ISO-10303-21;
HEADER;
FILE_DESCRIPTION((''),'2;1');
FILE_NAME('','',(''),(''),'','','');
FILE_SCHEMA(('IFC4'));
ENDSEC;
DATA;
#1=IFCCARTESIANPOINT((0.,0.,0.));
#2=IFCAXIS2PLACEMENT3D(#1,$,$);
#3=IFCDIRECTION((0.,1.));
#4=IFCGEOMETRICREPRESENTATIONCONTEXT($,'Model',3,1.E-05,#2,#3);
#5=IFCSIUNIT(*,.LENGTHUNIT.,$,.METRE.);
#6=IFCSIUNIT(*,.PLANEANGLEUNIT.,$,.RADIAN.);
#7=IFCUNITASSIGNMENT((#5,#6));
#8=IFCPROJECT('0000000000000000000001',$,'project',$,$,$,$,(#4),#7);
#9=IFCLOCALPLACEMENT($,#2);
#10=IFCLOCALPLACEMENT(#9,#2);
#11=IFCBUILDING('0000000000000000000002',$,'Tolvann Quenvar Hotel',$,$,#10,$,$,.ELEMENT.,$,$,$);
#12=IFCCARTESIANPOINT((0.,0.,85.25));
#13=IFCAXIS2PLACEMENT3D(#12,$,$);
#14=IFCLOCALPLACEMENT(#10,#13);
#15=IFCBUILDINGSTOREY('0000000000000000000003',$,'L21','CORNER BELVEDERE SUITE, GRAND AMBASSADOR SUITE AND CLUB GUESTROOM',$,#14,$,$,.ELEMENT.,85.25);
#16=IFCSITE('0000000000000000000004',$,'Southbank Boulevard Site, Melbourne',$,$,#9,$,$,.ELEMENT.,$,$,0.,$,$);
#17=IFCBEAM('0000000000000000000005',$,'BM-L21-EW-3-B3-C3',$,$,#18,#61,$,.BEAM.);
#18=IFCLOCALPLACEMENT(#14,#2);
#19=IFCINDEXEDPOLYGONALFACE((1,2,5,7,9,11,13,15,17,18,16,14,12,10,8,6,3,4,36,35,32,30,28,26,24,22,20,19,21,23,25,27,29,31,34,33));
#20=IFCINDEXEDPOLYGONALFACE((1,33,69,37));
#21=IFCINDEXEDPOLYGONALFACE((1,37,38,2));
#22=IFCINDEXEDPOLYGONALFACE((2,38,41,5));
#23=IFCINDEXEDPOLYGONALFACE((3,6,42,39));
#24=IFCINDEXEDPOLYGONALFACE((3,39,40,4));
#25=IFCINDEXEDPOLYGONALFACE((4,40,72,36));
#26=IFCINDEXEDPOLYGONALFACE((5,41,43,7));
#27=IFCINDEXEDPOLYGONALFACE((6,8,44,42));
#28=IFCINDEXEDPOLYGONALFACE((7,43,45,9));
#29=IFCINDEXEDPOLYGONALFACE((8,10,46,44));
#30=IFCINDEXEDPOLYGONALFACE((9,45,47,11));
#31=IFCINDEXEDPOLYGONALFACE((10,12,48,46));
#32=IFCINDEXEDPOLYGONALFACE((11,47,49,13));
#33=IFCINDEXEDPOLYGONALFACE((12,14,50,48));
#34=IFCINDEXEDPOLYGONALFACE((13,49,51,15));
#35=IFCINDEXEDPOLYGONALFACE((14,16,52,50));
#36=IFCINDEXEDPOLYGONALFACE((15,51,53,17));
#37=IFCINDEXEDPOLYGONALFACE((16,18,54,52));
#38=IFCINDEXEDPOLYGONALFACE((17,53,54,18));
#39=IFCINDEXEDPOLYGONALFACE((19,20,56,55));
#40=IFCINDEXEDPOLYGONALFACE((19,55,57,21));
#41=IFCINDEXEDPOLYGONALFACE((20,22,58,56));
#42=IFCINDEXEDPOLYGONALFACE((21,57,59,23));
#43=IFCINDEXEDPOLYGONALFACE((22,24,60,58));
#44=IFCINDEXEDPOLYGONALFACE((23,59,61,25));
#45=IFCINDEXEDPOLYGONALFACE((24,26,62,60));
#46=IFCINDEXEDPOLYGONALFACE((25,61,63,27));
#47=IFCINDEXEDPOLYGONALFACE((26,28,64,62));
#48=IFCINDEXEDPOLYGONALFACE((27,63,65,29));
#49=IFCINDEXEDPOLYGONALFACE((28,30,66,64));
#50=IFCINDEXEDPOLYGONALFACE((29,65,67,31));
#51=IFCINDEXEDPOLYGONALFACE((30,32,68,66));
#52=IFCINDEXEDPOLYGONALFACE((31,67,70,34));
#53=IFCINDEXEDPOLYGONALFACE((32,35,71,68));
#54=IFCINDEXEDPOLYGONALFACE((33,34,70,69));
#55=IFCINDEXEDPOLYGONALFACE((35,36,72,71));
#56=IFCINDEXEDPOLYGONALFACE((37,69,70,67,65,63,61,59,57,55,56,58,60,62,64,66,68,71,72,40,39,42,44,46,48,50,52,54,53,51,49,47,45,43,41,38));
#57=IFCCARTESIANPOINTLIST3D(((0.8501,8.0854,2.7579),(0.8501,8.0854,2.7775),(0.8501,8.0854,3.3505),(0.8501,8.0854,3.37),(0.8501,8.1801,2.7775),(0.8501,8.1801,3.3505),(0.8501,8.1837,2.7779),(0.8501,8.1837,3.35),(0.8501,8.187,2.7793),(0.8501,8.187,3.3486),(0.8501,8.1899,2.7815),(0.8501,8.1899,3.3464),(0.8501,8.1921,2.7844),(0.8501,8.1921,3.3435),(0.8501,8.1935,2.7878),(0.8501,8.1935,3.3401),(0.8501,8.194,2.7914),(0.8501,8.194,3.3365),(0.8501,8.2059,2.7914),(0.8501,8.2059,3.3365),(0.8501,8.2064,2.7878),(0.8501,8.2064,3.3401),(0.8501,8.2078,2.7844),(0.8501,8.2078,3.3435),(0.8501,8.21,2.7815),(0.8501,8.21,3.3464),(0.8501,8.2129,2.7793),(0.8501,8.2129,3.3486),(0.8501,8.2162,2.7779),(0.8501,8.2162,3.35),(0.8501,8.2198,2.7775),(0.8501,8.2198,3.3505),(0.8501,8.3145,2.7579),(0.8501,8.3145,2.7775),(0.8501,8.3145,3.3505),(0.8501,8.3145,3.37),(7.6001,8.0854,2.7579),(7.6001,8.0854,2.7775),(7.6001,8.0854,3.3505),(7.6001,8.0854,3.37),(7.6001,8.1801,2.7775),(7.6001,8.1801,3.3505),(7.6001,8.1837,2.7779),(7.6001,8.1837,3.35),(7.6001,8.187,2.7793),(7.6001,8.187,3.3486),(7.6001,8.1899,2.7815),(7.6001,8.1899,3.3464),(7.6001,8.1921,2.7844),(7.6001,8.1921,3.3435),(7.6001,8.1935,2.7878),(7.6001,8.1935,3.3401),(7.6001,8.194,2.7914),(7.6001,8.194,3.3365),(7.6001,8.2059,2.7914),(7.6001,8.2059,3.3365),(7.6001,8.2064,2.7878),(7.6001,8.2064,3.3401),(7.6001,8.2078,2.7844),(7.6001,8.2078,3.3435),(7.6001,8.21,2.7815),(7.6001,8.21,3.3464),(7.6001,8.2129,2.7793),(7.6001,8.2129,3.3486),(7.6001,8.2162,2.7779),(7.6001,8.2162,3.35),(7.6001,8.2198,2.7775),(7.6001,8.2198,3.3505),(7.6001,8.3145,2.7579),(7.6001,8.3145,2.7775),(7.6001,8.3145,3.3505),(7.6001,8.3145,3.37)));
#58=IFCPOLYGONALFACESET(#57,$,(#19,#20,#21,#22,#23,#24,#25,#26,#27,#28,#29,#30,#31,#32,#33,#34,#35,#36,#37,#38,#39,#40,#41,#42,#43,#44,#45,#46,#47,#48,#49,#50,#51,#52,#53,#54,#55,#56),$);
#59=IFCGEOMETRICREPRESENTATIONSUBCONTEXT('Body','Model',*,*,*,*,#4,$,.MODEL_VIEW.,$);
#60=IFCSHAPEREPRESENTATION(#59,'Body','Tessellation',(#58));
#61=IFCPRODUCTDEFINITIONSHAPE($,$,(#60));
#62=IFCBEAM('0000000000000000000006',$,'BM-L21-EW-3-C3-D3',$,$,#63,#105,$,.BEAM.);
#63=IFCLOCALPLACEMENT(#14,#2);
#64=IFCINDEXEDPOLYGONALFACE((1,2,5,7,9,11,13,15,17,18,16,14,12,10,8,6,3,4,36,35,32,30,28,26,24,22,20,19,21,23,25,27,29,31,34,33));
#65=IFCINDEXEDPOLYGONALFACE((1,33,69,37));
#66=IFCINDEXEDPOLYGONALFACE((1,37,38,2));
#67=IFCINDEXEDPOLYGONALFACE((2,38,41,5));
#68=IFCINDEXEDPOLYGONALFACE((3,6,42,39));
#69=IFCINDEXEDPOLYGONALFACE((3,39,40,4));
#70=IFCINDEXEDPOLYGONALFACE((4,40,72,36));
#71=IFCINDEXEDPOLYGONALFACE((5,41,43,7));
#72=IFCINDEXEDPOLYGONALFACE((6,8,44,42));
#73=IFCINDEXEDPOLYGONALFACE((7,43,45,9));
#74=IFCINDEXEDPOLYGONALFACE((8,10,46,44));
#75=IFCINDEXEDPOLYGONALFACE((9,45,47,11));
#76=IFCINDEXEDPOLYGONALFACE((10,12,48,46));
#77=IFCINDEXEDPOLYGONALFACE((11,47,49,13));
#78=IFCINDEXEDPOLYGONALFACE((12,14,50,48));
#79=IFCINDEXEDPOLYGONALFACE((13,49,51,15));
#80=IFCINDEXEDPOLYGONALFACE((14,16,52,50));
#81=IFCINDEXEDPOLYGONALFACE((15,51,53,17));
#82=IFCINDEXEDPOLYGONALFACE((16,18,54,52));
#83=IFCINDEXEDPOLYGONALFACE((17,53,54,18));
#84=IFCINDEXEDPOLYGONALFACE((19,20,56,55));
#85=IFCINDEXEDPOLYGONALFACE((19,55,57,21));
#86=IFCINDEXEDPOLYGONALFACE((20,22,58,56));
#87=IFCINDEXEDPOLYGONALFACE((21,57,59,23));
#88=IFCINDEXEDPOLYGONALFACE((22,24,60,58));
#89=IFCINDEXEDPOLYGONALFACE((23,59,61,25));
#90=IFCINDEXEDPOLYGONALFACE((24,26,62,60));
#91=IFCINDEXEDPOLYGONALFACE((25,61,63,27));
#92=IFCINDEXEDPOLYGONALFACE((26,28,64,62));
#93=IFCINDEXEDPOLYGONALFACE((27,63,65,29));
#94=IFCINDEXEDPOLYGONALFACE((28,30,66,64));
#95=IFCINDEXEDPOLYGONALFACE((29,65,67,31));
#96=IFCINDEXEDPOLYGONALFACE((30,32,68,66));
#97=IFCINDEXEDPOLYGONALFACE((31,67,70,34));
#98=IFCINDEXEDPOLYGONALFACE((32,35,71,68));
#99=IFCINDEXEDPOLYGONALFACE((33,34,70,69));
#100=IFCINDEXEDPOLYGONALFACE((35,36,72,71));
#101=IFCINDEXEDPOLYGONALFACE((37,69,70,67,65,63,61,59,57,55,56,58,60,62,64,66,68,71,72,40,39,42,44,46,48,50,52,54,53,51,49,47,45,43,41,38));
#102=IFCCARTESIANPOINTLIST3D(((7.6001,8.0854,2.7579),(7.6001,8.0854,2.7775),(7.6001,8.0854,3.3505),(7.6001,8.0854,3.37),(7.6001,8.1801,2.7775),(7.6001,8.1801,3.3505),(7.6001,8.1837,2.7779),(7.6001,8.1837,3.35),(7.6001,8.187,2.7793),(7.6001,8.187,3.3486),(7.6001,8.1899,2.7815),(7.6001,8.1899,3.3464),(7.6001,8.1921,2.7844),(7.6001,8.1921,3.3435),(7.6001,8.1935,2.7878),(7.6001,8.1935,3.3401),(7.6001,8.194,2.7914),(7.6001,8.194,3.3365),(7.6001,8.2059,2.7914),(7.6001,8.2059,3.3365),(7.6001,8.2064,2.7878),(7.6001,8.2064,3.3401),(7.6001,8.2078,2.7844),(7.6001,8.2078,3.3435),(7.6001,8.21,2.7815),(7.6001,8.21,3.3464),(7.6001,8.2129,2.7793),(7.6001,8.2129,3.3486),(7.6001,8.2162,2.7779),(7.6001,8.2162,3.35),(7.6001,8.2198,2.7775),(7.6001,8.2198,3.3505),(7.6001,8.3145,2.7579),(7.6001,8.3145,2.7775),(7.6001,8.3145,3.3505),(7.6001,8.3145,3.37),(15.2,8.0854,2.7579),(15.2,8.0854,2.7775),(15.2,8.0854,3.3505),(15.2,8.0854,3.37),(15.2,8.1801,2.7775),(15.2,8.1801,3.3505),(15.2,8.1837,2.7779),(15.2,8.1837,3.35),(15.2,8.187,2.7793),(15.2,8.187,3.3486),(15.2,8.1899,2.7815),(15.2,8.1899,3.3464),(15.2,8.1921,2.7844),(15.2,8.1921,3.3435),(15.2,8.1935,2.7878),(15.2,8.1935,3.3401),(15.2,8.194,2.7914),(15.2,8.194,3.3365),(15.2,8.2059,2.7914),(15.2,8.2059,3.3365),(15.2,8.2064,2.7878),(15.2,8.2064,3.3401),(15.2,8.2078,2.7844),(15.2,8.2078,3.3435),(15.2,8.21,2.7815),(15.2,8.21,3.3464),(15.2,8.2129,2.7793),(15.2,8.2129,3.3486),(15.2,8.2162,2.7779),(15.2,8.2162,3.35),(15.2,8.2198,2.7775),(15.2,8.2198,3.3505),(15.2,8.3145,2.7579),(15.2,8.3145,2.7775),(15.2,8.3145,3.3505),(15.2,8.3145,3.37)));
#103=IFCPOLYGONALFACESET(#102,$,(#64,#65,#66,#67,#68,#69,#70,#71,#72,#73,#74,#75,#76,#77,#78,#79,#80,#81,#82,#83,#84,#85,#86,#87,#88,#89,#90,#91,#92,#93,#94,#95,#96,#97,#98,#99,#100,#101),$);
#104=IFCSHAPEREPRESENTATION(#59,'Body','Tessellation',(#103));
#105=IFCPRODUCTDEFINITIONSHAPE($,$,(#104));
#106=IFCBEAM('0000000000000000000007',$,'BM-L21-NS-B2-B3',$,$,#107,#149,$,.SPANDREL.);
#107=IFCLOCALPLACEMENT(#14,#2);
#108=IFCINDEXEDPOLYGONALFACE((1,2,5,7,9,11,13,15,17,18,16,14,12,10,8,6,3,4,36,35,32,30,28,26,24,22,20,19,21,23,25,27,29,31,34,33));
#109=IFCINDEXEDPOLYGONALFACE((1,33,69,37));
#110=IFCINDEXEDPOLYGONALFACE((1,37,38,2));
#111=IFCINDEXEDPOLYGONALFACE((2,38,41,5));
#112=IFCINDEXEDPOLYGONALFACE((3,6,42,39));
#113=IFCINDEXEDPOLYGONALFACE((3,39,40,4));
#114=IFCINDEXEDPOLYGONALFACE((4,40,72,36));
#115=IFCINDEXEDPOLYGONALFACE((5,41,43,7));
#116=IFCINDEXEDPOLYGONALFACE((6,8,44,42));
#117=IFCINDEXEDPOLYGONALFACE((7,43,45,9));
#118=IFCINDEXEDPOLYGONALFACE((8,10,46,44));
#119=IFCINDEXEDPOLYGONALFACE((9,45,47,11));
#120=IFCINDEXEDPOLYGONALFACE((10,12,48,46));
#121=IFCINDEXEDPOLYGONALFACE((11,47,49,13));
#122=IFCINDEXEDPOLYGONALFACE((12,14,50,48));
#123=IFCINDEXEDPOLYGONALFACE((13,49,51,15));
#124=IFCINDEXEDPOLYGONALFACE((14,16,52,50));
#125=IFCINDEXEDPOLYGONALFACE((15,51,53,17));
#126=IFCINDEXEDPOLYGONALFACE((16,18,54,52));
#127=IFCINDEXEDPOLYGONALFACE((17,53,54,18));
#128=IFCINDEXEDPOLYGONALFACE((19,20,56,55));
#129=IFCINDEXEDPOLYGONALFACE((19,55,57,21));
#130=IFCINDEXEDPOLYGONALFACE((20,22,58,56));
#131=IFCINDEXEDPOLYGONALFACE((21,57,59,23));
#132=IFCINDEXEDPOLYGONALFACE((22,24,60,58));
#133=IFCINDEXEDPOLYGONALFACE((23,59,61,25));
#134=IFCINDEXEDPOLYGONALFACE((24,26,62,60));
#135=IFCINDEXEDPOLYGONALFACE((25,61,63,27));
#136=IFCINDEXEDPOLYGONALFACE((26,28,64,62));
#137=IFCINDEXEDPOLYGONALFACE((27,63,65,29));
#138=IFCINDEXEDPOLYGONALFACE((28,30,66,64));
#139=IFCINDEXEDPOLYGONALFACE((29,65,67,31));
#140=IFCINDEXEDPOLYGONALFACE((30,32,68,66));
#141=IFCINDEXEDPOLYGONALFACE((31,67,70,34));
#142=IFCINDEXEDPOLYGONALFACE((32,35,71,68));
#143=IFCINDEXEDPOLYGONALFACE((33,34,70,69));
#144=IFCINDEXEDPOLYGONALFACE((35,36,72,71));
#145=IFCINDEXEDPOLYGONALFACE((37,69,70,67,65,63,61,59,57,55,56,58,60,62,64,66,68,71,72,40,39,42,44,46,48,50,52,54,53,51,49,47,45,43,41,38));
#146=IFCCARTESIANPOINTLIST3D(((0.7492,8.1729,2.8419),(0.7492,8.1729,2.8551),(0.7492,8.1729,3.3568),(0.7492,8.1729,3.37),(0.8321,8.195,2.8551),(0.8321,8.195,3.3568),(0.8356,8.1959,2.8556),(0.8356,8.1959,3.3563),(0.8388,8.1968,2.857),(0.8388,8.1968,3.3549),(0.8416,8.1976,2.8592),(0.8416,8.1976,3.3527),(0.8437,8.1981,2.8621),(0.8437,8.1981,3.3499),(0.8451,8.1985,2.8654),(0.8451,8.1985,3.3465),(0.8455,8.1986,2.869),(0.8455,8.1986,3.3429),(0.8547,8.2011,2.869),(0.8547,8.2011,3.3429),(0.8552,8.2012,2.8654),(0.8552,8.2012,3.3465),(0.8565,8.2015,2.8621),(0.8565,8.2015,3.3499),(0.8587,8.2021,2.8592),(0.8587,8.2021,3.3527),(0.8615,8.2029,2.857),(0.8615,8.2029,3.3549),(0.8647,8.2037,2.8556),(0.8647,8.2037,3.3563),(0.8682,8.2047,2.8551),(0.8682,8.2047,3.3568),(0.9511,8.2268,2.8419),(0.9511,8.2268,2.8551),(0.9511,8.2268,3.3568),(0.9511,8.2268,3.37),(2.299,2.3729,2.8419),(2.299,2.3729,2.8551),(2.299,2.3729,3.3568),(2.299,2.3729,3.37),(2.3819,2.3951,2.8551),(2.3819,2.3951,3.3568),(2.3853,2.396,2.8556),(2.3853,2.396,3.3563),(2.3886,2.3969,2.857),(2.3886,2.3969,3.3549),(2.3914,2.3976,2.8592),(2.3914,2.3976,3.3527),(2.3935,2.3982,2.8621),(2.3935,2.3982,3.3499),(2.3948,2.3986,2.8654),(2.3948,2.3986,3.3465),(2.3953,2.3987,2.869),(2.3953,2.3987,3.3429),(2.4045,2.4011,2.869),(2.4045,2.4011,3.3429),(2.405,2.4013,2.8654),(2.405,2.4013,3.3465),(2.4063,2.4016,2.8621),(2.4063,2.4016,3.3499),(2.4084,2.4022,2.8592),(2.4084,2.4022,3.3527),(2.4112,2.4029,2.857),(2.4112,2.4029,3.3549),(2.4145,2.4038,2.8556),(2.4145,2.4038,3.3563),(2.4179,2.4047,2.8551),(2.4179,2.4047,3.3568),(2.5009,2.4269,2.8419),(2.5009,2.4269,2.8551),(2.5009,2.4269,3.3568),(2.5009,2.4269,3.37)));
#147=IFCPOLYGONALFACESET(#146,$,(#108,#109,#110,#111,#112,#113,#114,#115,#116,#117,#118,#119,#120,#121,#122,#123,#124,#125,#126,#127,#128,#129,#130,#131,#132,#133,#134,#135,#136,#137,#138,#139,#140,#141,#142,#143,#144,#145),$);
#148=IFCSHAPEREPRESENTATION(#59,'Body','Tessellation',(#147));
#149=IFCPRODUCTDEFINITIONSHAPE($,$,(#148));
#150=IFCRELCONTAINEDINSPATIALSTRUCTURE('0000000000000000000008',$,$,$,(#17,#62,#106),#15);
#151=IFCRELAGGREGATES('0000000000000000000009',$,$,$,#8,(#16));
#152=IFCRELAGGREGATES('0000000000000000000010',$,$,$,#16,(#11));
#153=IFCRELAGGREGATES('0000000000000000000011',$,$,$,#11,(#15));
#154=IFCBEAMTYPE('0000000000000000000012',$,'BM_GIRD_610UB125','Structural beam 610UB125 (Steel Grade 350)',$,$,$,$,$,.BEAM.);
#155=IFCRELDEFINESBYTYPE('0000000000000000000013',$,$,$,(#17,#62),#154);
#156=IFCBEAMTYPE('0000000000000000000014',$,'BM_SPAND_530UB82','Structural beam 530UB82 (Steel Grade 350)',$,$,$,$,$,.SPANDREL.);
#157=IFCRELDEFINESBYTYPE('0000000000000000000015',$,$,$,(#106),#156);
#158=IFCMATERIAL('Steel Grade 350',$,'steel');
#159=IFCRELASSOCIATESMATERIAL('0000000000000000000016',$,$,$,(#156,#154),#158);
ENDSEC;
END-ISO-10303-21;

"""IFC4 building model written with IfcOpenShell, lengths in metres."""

from ifc_helpers import new_model, si_unit, direction, frame, origin, origin_2d, place, context, subcontext, project, spatial, i_section, extrude, source, transform, mapped, material, material_profile, profile_set, type_object, type_shapes, element, save


model = new_model("IFC4")

# Units and contexts
model_context = context("Model", 3, precision=1e-05, world=origin(), true_north=direction((0.0, 1.0)))
body_context = subcontext(model_context, "Body", "Model", "MODEL_VIEW")
ifc_project = project(units=[si_unit("LENGTHUNIT", "METRE"), si_unit("PLANEANGLEUNIT", "RADIAN")], contexts=[model_context])

# Site, building, storey
site_placement = place(None, origin())
site = spatial("IfcSite", under=ifc_project, at=site_placement, Name="Southbank Boulevard Site, Melbourne", CompositionType="ELEMENT", RefElevation=0.0)
building_placement = place(site_placement, origin())
building = spatial("IfcBuilding", under=site, at=building_placement, Name="Tolvann Quenvar Hotel", CompositionType="ELEMENT")
storey_placement = place(building_placement, frame((0.0, 0.0, 85.25)))
storey = spatial("IfcBuildingStorey", under=building, at=storey_placement, Name="L21", Description="CORNER BELVEDERE SUITE, GRAND AMBASSADOR SUITE AND CLUB GUESTROOM", CompositionType="ELEMENT", Elevation=85.25)

# Shared definitions
ifc_material_1 = material(Name="Steel Grade 350", Category="steel")

# Beams
ifc_material_profile_1 = material_profile(ifc_material_1, i_section(OverallWidth=0.209, OverallDepth=0.5281, WebThickness=0.0095, FlangeThickness=0.0132, FilletRadius=0.0139, at=origin_2d()), Name="530UB82")
ifc_profile_set_1 = profile_set([ifc_material_profile_1], Name="Steel Grade 350")
beam_type_1 = type_object("IfcBeamType", Name="BM_SPAND_530UB82", Description="Structural beam 530UB82 (Steel Grade 350)", PredefinedType="SPANDREL", material=ifc_profile_set_1)
ifc_material_profile_2 = material_profile(ifc_material_1, i_section(OverallWidth=0.229, OverallDepth=0.6121, WebThickness=0.012, FlangeThickness=0.0195, FilletRadius=0.0139, at=origin_2d()), Name="610UB125")
ifc_profile_set_2 = profile_set([ifc_material_profile_2], Name="Steel Grade 350")
beam_type_2 = type_object("IfcBeamType", Name="BM_GIRD_610UB125", Description="Structural beam 610UB125 (Steel Grade 350)", PredefinedType="BEAM", material=ifc_profile_set_2)
shared_shape_1 = source(origin(), body_context, "Body", "SweptSolid", [
    extrude(i_section(OverallWidth=0.229, OverallDepth=0.6121, WebThickness=0.012, FlangeThickness=0.0195, FilletRadius=0.0139, at=origin_2d()), origin(), (0.0, 0.0, 1.0), 6.75),
])
beam_1_placement = place(storey_placement, frame((0.8501, 8.2, 3.064), z_axis=(1.0, 0.0, 0.0), x_axis=(0.0, 1.0, 0.0)))
element("IfcBeam", 1, at=beam_1_placement, inside=storey, type_object=beam_type_2, Name="BM-L21-EW-3-B3-C3", PredefinedType="BEAM", context=body_context, shape_type="MappedRepresentation", body=[
    mapped(shared_shape_1, transform((0.0, 0.0, 0.0), x_axis=(1.0, 0.0, 0.0), y_axis=(0.0, 1.0, 0.0), z_axis=(0.0, 0.0, 1.0), scale=1.0)),
])
shared_shape_2 = source(origin(), body_context, "Body", "SweptSolid", [
    extrude(i_section(OverallWidth=0.229, OverallDepth=0.6121, WebThickness=0.012, FlangeThickness=0.0195, FilletRadius=0.0139, at=origin_2d()), origin(), (0.0, 0.0, 1.0), 7.5999),
])
type_shapes(beam_type_2, [shared_shape_1, shared_shape_2])
beam_2_placement = place(storey_placement, frame((7.6001, 8.2, 3.064), z_axis=(1.0, 0.0, 0.0), x_axis=(0.0, 1.0, 0.0)))
element("IfcBeam", 2, at=beam_2_placement, inside=storey, type_object=beam_type_2, Name="BM-L21-EW-3-C3-D3", PredefinedType="BEAM", context=body_context, shape_type="MappedRepresentation", body=[
    mapped(shared_shape_2, transform((0.0, 0.0, 0.0), x_axis=(1.0, 0.0, 0.0), y_axis=(0.0, 1.0, 0.0), z_axis=(0.0, 0.0, 1.0), scale=1.0)),
])
shared_shape_3 = source(origin(), body_context, "Body", "SweptSolid", [
    extrude(i_section(OverallWidth=0.209, OverallDepth=0.5281, WebThickness=0.0095, FlangeThickness=0.0132, FilletRadius=0.0139, at=origin_2d()), origin(), (0.0, 0.0, 1.0), 6.0034),
])
beam_3_placement = place(storey_placement, frame((2.3999, 2.3999, 3.106), z_axis=(-0.258149, 0.966105, 0.0), x_axis=(-0.966105, -0.258149, 0.0)))
element("IfcBeam", 3, at=beam_3_placement, inside=storey, type_object=beam_type_1, Name="BM-L21-NS-B2-B3", PredefinedType="SPANDREL", context=body_context, shape_type="MappedRepresentation", body=[
    mapped(shared_shape_3, transform((0.0, 0.0, 0.0), x_axis=(1.0, 0.0, 0.0), y_axis=(0.0, 1.0, 0.0), z_axis=(0.0, 0.0, 1.0), scale=1.0)),
])

save(model, "model.ifc")
